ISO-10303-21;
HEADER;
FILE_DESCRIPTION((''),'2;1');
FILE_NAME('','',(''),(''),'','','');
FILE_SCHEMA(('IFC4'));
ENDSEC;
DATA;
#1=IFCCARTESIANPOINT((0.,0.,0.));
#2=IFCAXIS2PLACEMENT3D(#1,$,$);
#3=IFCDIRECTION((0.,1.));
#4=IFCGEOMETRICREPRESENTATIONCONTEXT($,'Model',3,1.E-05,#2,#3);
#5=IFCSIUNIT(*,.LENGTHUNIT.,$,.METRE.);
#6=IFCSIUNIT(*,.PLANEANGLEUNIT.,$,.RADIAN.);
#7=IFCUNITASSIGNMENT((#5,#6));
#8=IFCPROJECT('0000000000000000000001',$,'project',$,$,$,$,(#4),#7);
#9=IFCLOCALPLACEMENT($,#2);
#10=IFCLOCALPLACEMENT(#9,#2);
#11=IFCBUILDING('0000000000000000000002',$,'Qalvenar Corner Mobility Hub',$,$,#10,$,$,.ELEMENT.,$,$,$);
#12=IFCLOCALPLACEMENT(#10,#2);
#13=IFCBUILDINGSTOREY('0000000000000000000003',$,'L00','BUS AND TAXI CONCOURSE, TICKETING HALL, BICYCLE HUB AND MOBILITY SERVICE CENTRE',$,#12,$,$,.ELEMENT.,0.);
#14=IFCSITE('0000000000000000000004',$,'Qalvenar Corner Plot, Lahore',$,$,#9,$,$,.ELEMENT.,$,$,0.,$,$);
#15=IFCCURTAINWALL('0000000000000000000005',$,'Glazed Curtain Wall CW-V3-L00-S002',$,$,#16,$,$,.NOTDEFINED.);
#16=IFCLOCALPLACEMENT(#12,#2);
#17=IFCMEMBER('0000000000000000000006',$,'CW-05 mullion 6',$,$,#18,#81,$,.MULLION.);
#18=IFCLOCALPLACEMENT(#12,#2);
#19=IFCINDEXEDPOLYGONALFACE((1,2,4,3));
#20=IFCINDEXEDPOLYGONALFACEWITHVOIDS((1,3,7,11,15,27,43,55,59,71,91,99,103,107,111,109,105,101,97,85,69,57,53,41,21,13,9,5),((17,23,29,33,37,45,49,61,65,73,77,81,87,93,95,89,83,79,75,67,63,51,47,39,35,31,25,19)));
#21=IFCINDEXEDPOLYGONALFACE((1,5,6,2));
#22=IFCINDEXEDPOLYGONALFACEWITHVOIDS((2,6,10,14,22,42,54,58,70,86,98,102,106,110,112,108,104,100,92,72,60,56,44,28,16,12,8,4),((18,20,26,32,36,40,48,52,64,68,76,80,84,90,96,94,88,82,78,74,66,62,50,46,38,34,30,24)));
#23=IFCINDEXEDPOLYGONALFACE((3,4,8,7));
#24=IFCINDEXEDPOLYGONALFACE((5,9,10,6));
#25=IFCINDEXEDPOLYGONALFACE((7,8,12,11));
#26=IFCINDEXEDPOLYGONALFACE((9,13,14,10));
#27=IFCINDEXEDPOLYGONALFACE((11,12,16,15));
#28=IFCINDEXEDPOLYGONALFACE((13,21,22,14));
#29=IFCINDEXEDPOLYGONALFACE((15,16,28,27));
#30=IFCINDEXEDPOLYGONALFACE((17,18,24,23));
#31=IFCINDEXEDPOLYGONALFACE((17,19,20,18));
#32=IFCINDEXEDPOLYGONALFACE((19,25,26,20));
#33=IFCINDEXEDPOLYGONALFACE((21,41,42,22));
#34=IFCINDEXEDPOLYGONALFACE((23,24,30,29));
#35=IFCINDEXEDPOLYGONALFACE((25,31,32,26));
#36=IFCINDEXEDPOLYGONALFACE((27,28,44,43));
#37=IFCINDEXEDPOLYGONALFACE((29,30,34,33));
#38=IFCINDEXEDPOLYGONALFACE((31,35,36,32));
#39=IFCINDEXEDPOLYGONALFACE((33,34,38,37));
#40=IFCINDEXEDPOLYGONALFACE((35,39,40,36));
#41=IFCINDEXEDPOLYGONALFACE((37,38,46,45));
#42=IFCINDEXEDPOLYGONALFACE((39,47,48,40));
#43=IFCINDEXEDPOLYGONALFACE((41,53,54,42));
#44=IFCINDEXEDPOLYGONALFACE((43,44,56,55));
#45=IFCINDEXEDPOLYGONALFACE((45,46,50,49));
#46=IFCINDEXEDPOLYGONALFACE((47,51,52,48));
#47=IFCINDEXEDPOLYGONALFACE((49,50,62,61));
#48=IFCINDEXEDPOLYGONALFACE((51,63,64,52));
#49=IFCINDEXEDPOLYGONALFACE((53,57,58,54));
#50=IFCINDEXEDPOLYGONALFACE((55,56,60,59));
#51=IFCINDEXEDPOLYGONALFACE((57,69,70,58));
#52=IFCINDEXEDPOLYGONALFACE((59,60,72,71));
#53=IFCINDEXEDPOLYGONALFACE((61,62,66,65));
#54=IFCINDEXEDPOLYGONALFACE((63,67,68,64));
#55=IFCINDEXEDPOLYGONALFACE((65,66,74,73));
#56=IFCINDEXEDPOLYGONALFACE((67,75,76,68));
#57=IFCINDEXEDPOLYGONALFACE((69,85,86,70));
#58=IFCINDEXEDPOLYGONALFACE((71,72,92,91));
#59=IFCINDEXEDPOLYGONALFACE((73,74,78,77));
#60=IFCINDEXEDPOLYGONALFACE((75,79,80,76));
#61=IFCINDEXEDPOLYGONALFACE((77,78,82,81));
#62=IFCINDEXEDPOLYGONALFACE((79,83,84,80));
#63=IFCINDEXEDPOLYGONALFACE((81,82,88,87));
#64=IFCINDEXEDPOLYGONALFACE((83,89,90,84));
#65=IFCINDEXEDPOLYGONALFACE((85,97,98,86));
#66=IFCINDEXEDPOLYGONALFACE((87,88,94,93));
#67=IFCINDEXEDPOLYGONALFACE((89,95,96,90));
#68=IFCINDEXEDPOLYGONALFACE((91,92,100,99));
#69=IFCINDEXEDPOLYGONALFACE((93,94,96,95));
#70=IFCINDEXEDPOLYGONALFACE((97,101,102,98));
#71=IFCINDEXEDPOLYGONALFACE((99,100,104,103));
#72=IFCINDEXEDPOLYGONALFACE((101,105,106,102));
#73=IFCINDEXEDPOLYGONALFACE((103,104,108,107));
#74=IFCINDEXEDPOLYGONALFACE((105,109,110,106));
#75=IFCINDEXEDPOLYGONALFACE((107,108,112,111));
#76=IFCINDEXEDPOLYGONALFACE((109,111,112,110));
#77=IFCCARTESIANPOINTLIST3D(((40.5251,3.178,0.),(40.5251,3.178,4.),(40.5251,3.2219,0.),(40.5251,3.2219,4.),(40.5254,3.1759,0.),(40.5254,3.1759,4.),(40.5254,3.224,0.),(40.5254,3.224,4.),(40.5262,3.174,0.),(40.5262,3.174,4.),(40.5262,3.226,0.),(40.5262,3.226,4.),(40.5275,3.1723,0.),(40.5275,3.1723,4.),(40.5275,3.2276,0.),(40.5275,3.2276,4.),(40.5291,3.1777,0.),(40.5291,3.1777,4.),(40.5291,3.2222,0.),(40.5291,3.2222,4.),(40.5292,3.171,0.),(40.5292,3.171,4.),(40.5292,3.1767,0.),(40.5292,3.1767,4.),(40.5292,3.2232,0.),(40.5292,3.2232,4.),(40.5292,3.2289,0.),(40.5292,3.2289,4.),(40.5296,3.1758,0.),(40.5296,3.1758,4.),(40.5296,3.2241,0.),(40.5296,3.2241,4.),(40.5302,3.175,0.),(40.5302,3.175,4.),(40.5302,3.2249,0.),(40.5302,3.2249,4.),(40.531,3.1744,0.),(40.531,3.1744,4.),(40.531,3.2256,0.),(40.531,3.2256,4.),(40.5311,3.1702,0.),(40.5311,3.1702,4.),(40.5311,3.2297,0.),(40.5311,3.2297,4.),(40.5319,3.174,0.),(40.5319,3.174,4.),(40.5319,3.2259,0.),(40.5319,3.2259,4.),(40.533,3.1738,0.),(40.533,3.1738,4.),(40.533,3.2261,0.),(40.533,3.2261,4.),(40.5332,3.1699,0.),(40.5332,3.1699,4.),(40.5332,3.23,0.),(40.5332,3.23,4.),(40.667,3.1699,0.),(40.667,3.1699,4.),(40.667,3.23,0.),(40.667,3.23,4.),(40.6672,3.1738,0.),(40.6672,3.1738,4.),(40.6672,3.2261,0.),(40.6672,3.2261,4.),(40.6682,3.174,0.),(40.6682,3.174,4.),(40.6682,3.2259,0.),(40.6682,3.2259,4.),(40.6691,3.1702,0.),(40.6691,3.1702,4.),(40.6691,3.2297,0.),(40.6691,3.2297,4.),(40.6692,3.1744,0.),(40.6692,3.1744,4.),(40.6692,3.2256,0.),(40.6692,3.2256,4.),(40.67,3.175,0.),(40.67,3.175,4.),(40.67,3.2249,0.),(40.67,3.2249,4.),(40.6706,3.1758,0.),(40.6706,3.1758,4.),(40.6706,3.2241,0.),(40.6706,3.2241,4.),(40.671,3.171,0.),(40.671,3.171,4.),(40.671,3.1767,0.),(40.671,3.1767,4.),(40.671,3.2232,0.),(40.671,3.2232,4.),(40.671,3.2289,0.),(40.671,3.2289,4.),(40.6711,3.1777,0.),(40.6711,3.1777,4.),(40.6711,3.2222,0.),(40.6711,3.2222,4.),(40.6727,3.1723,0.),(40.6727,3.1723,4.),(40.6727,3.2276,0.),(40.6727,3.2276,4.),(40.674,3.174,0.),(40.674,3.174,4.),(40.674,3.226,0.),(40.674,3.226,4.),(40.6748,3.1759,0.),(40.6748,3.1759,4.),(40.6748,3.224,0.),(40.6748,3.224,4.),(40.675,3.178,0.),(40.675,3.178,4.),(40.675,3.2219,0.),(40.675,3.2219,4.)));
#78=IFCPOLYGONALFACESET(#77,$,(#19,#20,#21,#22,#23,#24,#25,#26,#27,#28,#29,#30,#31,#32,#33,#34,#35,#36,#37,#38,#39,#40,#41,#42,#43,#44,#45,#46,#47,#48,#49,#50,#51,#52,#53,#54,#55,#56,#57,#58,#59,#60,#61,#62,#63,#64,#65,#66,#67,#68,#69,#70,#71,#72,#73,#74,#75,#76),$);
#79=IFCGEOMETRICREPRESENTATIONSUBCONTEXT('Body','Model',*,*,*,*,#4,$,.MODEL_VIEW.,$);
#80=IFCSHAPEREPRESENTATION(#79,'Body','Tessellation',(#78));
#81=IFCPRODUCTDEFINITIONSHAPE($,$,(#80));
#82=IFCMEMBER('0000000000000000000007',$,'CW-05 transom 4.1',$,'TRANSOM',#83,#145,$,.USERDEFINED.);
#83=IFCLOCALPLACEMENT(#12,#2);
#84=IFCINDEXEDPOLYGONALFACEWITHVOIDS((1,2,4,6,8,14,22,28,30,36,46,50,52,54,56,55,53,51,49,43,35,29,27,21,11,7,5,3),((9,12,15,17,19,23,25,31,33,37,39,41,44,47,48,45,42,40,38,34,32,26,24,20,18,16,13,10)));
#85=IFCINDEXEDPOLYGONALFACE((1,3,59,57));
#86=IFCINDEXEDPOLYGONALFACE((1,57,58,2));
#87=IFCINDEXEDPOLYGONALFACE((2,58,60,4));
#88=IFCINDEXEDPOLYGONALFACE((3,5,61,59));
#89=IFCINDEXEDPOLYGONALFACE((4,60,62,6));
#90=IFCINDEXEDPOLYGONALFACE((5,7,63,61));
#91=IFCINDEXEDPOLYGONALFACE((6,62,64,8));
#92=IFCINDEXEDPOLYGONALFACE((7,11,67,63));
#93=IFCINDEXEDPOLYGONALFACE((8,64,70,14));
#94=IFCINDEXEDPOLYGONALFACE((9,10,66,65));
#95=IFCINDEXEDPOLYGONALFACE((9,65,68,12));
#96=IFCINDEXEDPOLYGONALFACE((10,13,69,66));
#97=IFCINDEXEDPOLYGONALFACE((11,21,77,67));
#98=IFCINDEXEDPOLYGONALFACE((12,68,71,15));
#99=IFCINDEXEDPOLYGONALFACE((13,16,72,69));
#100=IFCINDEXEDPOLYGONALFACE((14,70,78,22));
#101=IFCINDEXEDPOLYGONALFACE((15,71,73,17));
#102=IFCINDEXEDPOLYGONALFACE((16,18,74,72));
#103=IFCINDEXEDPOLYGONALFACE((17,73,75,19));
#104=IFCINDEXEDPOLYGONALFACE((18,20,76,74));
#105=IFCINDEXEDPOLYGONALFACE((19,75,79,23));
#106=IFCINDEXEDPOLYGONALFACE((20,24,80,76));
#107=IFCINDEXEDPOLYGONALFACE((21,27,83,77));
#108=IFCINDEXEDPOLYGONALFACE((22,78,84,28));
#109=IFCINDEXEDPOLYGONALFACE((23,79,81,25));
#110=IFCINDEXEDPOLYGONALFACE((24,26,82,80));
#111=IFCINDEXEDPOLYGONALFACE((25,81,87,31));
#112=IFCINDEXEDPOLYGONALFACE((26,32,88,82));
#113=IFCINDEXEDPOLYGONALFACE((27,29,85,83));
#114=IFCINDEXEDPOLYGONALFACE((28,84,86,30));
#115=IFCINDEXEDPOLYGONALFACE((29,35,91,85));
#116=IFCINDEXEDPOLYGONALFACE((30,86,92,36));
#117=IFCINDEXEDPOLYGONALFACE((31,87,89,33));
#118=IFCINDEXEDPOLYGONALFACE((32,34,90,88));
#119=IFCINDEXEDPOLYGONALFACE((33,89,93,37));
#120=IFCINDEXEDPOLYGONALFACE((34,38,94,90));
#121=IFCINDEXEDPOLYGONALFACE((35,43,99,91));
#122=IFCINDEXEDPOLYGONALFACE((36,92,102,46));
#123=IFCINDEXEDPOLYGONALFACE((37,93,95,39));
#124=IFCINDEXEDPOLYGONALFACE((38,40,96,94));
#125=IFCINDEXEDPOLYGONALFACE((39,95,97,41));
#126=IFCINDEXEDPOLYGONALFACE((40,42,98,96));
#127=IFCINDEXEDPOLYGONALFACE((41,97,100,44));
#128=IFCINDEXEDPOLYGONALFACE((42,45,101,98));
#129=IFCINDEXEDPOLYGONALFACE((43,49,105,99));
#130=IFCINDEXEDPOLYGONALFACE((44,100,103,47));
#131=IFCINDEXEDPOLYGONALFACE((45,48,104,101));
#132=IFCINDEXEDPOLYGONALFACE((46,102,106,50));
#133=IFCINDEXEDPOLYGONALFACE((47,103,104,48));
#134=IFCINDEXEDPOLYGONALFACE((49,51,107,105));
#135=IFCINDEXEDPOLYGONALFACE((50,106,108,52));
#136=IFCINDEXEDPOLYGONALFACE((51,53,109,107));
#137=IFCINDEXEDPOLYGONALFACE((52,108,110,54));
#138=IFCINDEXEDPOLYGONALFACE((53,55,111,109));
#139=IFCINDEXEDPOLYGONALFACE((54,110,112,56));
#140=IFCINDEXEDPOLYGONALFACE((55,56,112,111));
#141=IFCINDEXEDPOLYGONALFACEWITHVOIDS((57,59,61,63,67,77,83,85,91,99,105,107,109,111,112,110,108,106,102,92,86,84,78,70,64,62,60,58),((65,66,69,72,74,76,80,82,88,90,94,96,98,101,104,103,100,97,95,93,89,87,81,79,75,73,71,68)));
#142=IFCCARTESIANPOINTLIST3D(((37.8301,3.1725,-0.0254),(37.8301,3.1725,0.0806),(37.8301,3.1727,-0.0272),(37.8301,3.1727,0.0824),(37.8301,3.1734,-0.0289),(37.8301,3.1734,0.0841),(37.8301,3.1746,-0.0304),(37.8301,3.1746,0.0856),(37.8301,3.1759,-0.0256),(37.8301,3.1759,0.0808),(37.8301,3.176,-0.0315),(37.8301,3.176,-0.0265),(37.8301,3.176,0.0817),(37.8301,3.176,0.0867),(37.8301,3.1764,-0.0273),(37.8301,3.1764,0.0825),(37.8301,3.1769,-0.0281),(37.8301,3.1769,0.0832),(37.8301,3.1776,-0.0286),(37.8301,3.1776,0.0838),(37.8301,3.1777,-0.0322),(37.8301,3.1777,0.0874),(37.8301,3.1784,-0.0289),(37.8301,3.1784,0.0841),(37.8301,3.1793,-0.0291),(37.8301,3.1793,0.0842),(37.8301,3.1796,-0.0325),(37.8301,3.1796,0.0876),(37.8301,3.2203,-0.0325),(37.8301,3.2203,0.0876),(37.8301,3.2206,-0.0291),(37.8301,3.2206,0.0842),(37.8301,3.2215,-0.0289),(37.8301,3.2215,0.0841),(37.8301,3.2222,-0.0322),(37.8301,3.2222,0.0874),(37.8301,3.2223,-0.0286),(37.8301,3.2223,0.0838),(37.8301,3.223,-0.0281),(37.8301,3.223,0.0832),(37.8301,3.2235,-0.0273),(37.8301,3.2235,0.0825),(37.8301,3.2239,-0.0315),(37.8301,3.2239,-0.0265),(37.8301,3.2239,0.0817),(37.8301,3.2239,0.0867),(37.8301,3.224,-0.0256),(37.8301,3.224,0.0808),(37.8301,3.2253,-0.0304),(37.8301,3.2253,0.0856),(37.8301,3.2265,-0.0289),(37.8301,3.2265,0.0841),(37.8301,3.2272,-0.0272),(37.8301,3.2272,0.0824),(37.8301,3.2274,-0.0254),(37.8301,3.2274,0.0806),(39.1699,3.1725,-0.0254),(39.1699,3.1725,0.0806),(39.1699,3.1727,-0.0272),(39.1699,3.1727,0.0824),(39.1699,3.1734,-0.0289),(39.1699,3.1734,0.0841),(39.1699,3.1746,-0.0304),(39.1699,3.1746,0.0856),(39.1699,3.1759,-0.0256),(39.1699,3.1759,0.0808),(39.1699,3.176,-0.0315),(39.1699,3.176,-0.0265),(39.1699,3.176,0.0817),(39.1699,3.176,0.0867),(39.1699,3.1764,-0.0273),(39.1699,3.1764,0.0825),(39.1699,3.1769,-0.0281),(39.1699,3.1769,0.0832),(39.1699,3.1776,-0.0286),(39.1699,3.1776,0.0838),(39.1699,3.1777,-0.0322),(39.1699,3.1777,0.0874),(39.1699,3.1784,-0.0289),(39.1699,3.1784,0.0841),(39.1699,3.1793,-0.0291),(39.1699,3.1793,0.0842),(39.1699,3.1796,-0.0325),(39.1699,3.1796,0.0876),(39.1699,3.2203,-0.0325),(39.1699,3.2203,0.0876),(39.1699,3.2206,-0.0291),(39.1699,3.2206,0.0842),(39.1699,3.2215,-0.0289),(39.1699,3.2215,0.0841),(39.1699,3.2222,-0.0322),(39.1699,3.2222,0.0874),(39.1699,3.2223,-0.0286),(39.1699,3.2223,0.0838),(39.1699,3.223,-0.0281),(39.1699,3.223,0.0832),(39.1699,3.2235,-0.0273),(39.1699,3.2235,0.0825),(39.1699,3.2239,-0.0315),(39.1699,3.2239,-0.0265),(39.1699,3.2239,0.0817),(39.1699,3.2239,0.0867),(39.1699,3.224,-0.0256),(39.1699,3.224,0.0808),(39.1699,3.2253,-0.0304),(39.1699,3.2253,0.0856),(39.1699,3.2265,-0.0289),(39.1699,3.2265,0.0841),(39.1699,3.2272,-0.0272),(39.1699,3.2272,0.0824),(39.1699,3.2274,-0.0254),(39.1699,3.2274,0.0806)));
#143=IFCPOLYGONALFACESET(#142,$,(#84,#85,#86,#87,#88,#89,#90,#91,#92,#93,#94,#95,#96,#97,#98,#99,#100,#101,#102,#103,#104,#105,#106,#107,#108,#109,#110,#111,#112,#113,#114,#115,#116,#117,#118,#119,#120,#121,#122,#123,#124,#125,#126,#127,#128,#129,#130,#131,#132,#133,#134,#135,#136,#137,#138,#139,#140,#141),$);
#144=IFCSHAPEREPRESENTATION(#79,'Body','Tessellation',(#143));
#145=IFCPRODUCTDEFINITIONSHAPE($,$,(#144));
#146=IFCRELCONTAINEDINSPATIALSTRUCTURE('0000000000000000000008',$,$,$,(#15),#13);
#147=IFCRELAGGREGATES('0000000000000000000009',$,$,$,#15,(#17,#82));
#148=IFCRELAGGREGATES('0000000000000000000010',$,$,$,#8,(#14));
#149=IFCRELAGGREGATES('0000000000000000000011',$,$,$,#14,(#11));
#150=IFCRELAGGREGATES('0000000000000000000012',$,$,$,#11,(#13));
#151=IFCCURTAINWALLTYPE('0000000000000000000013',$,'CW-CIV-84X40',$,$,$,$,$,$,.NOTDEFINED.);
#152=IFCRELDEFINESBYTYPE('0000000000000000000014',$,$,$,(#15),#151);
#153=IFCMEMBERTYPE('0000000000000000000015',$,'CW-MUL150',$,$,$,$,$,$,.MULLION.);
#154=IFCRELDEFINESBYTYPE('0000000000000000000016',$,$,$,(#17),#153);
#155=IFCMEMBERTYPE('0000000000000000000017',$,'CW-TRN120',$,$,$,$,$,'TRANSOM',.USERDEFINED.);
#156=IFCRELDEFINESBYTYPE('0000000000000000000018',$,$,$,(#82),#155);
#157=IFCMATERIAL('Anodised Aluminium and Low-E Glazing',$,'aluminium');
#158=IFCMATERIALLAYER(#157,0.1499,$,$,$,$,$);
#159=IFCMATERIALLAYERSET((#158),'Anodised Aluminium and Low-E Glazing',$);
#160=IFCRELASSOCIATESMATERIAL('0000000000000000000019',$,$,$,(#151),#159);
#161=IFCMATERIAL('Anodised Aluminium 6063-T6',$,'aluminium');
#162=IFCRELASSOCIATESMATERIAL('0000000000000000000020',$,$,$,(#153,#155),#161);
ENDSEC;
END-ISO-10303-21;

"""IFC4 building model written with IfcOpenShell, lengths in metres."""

from ifc_helpers import new_model, si_unit, direction, frame, origin, origin_2d, place, context, subcontext, project, spatial, hollow_rectangle, extrude, material, layer, layer_set, material_profile, profile_set, type_object, element, aggregate, save


model = new_model("IFC4")

# Units and contexts
model_context = context("Model", 3, precision=1e-05, world=origin(), true_north=direction((0.0, 1.0)))
body_context = subcontext(model_context, "Body", "Model", "MODEL_VIEW")
ifc_project = project(units=[si_unit("LENGTHUNIT", "METRE"), si_unit("PLANEANGLEUNIT", "RADIAN")], contexts=[model_context])

# Site, building, storey
site_placement = place(None, origin())
site = spatial("IfcSite", under=ifc_project, at=site_placement, Name="Qalvenar Corner Plot, Lahore", CompositionType="ELEMENT", RefElevation=0.0)
building_placement = place(site_placement, origin())
building = spatial("IfcBuilding", under=site, at=building_placement, Name="Qalvenar Corner Mobility Hub", CompositionType="ELEMENT")
storey_placement = place(building_placement, origin())
storey = spatial("IfcBuildingStorey", under=building, at=storey_placement, Name="L00", Description="BUS AND TAXI CONCOURSE, TICKETING HALL, BICYCLE HUB AND MOBILITY SERVICE CENTRE", CompositionType="ELEMENT", Elevation=0.0)

# Curtain wall, members
ifc_material_1 = material(Name="Anodised Aluminium and Low-E Glazing", Category="aluminium")
ifc_layer_1 = layer(ifc_material_1, 0.1499)
ifc_layer_set_1 = layer_set([ifc_layer_1], Name="Anodised Aluminium and Low-E Glazing")
curtain_wall_type = type_object("IfcCurtainWallType", Name="CW-CIV-84X40", PredefinedType="NOTDEFINED", material=ifc_layer_set_1)
curtain_wall_placement = place(storey_placement, origin())
curtain_wall = element("IfcCurtainWall", 1, at=curtain_wall_placement, inside=storey, type_object=curtain_wall_type, Name="Glazed Curtain Wall CW-V3-L00-S002", PredefinedType="NOTDEFINED")
ifc_material_2 = material(Name="Anodised Aluminium 6063-T6", Category="aluminium")
ifc_material_profile_1 = material_profile(ifc_material_2, hollow_rectangle(XDim=0.0601, YDim=0.1499, WallThickness=0.0039, InnerFilletRadius=0.0039, OuterFilletRadius=0.0081, at=origin_2d()), Name="RHS150x60x4")
ifc_profile_set_1 = profile_set([ifc_material_profile_1], Name="Anodised Aluminium 6063-T6")
member_type_1 = type_object("IfcMemberType", Name="CW-MUL150", PredefinedType="MULLION", material=ifc_profile_set_1)
member_1_placement = place(storey_placement, frame((40.6001, 3.2, 0.0), z_axis=(0.0, 0.0, 1.0), x_axis=(0.0, 1.0, 0.0)))
member_1 = element("IfcMember", 2, at=member_1_placement, type_object=member_type_1, Name="CW-05 mullion 6", PredefinedType="MULLION", context=body_context, shape_type="SweptSolid", body=[
    extrude(hollow_rectangle(XDim=0.0601, YDim=0.1499, WallThickness=0.0039, InnerFilletRadius=0.0039, OuterFilletRadius=0.0081, at=origin_2d()), origin(), (0.0, 0.0, 1.0), 4.0),
])
ifc_material_profile_2 = material_profile(ifc_material_2, hollow_rectangle(XDim=0.0549, YDim=0.1201, WallThickness=0.0034, InnerFilletRadius=0.0034, OuterFilletRadius=0.0071, at=origin_2d()), Name="RHS120x55x3.5")
ifc_profile_set_2 = profile_set([ifc_material_profile_2], Name="Anodised Aluminium 6063-T6")
member_type_2 = type_object("IfcMemberType", Name="CW-TRN120", ElementType="TRANSOM", PredefinedType="USERDEFINED", material=ifc_profile_set_2)
member_2_placement = place(storey_placement, frame((37.8301, 3.2, 0.0276), z_axis=(1.0, 0.0, 0.0), x_axis=(0.0, 1.0, 0.0)))
member_2 = element("IfcMember", 3, at=member_2_placement, type_object=member_type_2, Name="CW-05 transom 4.1", ObjectType="TRANSOM", PredefinedType="USERDEFINED", context=body_context, shape_type="SweptSolid", body=[
    extrude(hollow_rectangle(XDim=0.0549, YDim=0.1201, WallThickness=0.0034, InnerFilletRadius=0.0034, OuterFilletRadius=0.0071, at=origin_2d()), origin(), (0.0, 0.0, 1.0), 1.3398),
])
aggregate(curtain_wall, [member_1, member_2])

save(model, "model.ifc")
